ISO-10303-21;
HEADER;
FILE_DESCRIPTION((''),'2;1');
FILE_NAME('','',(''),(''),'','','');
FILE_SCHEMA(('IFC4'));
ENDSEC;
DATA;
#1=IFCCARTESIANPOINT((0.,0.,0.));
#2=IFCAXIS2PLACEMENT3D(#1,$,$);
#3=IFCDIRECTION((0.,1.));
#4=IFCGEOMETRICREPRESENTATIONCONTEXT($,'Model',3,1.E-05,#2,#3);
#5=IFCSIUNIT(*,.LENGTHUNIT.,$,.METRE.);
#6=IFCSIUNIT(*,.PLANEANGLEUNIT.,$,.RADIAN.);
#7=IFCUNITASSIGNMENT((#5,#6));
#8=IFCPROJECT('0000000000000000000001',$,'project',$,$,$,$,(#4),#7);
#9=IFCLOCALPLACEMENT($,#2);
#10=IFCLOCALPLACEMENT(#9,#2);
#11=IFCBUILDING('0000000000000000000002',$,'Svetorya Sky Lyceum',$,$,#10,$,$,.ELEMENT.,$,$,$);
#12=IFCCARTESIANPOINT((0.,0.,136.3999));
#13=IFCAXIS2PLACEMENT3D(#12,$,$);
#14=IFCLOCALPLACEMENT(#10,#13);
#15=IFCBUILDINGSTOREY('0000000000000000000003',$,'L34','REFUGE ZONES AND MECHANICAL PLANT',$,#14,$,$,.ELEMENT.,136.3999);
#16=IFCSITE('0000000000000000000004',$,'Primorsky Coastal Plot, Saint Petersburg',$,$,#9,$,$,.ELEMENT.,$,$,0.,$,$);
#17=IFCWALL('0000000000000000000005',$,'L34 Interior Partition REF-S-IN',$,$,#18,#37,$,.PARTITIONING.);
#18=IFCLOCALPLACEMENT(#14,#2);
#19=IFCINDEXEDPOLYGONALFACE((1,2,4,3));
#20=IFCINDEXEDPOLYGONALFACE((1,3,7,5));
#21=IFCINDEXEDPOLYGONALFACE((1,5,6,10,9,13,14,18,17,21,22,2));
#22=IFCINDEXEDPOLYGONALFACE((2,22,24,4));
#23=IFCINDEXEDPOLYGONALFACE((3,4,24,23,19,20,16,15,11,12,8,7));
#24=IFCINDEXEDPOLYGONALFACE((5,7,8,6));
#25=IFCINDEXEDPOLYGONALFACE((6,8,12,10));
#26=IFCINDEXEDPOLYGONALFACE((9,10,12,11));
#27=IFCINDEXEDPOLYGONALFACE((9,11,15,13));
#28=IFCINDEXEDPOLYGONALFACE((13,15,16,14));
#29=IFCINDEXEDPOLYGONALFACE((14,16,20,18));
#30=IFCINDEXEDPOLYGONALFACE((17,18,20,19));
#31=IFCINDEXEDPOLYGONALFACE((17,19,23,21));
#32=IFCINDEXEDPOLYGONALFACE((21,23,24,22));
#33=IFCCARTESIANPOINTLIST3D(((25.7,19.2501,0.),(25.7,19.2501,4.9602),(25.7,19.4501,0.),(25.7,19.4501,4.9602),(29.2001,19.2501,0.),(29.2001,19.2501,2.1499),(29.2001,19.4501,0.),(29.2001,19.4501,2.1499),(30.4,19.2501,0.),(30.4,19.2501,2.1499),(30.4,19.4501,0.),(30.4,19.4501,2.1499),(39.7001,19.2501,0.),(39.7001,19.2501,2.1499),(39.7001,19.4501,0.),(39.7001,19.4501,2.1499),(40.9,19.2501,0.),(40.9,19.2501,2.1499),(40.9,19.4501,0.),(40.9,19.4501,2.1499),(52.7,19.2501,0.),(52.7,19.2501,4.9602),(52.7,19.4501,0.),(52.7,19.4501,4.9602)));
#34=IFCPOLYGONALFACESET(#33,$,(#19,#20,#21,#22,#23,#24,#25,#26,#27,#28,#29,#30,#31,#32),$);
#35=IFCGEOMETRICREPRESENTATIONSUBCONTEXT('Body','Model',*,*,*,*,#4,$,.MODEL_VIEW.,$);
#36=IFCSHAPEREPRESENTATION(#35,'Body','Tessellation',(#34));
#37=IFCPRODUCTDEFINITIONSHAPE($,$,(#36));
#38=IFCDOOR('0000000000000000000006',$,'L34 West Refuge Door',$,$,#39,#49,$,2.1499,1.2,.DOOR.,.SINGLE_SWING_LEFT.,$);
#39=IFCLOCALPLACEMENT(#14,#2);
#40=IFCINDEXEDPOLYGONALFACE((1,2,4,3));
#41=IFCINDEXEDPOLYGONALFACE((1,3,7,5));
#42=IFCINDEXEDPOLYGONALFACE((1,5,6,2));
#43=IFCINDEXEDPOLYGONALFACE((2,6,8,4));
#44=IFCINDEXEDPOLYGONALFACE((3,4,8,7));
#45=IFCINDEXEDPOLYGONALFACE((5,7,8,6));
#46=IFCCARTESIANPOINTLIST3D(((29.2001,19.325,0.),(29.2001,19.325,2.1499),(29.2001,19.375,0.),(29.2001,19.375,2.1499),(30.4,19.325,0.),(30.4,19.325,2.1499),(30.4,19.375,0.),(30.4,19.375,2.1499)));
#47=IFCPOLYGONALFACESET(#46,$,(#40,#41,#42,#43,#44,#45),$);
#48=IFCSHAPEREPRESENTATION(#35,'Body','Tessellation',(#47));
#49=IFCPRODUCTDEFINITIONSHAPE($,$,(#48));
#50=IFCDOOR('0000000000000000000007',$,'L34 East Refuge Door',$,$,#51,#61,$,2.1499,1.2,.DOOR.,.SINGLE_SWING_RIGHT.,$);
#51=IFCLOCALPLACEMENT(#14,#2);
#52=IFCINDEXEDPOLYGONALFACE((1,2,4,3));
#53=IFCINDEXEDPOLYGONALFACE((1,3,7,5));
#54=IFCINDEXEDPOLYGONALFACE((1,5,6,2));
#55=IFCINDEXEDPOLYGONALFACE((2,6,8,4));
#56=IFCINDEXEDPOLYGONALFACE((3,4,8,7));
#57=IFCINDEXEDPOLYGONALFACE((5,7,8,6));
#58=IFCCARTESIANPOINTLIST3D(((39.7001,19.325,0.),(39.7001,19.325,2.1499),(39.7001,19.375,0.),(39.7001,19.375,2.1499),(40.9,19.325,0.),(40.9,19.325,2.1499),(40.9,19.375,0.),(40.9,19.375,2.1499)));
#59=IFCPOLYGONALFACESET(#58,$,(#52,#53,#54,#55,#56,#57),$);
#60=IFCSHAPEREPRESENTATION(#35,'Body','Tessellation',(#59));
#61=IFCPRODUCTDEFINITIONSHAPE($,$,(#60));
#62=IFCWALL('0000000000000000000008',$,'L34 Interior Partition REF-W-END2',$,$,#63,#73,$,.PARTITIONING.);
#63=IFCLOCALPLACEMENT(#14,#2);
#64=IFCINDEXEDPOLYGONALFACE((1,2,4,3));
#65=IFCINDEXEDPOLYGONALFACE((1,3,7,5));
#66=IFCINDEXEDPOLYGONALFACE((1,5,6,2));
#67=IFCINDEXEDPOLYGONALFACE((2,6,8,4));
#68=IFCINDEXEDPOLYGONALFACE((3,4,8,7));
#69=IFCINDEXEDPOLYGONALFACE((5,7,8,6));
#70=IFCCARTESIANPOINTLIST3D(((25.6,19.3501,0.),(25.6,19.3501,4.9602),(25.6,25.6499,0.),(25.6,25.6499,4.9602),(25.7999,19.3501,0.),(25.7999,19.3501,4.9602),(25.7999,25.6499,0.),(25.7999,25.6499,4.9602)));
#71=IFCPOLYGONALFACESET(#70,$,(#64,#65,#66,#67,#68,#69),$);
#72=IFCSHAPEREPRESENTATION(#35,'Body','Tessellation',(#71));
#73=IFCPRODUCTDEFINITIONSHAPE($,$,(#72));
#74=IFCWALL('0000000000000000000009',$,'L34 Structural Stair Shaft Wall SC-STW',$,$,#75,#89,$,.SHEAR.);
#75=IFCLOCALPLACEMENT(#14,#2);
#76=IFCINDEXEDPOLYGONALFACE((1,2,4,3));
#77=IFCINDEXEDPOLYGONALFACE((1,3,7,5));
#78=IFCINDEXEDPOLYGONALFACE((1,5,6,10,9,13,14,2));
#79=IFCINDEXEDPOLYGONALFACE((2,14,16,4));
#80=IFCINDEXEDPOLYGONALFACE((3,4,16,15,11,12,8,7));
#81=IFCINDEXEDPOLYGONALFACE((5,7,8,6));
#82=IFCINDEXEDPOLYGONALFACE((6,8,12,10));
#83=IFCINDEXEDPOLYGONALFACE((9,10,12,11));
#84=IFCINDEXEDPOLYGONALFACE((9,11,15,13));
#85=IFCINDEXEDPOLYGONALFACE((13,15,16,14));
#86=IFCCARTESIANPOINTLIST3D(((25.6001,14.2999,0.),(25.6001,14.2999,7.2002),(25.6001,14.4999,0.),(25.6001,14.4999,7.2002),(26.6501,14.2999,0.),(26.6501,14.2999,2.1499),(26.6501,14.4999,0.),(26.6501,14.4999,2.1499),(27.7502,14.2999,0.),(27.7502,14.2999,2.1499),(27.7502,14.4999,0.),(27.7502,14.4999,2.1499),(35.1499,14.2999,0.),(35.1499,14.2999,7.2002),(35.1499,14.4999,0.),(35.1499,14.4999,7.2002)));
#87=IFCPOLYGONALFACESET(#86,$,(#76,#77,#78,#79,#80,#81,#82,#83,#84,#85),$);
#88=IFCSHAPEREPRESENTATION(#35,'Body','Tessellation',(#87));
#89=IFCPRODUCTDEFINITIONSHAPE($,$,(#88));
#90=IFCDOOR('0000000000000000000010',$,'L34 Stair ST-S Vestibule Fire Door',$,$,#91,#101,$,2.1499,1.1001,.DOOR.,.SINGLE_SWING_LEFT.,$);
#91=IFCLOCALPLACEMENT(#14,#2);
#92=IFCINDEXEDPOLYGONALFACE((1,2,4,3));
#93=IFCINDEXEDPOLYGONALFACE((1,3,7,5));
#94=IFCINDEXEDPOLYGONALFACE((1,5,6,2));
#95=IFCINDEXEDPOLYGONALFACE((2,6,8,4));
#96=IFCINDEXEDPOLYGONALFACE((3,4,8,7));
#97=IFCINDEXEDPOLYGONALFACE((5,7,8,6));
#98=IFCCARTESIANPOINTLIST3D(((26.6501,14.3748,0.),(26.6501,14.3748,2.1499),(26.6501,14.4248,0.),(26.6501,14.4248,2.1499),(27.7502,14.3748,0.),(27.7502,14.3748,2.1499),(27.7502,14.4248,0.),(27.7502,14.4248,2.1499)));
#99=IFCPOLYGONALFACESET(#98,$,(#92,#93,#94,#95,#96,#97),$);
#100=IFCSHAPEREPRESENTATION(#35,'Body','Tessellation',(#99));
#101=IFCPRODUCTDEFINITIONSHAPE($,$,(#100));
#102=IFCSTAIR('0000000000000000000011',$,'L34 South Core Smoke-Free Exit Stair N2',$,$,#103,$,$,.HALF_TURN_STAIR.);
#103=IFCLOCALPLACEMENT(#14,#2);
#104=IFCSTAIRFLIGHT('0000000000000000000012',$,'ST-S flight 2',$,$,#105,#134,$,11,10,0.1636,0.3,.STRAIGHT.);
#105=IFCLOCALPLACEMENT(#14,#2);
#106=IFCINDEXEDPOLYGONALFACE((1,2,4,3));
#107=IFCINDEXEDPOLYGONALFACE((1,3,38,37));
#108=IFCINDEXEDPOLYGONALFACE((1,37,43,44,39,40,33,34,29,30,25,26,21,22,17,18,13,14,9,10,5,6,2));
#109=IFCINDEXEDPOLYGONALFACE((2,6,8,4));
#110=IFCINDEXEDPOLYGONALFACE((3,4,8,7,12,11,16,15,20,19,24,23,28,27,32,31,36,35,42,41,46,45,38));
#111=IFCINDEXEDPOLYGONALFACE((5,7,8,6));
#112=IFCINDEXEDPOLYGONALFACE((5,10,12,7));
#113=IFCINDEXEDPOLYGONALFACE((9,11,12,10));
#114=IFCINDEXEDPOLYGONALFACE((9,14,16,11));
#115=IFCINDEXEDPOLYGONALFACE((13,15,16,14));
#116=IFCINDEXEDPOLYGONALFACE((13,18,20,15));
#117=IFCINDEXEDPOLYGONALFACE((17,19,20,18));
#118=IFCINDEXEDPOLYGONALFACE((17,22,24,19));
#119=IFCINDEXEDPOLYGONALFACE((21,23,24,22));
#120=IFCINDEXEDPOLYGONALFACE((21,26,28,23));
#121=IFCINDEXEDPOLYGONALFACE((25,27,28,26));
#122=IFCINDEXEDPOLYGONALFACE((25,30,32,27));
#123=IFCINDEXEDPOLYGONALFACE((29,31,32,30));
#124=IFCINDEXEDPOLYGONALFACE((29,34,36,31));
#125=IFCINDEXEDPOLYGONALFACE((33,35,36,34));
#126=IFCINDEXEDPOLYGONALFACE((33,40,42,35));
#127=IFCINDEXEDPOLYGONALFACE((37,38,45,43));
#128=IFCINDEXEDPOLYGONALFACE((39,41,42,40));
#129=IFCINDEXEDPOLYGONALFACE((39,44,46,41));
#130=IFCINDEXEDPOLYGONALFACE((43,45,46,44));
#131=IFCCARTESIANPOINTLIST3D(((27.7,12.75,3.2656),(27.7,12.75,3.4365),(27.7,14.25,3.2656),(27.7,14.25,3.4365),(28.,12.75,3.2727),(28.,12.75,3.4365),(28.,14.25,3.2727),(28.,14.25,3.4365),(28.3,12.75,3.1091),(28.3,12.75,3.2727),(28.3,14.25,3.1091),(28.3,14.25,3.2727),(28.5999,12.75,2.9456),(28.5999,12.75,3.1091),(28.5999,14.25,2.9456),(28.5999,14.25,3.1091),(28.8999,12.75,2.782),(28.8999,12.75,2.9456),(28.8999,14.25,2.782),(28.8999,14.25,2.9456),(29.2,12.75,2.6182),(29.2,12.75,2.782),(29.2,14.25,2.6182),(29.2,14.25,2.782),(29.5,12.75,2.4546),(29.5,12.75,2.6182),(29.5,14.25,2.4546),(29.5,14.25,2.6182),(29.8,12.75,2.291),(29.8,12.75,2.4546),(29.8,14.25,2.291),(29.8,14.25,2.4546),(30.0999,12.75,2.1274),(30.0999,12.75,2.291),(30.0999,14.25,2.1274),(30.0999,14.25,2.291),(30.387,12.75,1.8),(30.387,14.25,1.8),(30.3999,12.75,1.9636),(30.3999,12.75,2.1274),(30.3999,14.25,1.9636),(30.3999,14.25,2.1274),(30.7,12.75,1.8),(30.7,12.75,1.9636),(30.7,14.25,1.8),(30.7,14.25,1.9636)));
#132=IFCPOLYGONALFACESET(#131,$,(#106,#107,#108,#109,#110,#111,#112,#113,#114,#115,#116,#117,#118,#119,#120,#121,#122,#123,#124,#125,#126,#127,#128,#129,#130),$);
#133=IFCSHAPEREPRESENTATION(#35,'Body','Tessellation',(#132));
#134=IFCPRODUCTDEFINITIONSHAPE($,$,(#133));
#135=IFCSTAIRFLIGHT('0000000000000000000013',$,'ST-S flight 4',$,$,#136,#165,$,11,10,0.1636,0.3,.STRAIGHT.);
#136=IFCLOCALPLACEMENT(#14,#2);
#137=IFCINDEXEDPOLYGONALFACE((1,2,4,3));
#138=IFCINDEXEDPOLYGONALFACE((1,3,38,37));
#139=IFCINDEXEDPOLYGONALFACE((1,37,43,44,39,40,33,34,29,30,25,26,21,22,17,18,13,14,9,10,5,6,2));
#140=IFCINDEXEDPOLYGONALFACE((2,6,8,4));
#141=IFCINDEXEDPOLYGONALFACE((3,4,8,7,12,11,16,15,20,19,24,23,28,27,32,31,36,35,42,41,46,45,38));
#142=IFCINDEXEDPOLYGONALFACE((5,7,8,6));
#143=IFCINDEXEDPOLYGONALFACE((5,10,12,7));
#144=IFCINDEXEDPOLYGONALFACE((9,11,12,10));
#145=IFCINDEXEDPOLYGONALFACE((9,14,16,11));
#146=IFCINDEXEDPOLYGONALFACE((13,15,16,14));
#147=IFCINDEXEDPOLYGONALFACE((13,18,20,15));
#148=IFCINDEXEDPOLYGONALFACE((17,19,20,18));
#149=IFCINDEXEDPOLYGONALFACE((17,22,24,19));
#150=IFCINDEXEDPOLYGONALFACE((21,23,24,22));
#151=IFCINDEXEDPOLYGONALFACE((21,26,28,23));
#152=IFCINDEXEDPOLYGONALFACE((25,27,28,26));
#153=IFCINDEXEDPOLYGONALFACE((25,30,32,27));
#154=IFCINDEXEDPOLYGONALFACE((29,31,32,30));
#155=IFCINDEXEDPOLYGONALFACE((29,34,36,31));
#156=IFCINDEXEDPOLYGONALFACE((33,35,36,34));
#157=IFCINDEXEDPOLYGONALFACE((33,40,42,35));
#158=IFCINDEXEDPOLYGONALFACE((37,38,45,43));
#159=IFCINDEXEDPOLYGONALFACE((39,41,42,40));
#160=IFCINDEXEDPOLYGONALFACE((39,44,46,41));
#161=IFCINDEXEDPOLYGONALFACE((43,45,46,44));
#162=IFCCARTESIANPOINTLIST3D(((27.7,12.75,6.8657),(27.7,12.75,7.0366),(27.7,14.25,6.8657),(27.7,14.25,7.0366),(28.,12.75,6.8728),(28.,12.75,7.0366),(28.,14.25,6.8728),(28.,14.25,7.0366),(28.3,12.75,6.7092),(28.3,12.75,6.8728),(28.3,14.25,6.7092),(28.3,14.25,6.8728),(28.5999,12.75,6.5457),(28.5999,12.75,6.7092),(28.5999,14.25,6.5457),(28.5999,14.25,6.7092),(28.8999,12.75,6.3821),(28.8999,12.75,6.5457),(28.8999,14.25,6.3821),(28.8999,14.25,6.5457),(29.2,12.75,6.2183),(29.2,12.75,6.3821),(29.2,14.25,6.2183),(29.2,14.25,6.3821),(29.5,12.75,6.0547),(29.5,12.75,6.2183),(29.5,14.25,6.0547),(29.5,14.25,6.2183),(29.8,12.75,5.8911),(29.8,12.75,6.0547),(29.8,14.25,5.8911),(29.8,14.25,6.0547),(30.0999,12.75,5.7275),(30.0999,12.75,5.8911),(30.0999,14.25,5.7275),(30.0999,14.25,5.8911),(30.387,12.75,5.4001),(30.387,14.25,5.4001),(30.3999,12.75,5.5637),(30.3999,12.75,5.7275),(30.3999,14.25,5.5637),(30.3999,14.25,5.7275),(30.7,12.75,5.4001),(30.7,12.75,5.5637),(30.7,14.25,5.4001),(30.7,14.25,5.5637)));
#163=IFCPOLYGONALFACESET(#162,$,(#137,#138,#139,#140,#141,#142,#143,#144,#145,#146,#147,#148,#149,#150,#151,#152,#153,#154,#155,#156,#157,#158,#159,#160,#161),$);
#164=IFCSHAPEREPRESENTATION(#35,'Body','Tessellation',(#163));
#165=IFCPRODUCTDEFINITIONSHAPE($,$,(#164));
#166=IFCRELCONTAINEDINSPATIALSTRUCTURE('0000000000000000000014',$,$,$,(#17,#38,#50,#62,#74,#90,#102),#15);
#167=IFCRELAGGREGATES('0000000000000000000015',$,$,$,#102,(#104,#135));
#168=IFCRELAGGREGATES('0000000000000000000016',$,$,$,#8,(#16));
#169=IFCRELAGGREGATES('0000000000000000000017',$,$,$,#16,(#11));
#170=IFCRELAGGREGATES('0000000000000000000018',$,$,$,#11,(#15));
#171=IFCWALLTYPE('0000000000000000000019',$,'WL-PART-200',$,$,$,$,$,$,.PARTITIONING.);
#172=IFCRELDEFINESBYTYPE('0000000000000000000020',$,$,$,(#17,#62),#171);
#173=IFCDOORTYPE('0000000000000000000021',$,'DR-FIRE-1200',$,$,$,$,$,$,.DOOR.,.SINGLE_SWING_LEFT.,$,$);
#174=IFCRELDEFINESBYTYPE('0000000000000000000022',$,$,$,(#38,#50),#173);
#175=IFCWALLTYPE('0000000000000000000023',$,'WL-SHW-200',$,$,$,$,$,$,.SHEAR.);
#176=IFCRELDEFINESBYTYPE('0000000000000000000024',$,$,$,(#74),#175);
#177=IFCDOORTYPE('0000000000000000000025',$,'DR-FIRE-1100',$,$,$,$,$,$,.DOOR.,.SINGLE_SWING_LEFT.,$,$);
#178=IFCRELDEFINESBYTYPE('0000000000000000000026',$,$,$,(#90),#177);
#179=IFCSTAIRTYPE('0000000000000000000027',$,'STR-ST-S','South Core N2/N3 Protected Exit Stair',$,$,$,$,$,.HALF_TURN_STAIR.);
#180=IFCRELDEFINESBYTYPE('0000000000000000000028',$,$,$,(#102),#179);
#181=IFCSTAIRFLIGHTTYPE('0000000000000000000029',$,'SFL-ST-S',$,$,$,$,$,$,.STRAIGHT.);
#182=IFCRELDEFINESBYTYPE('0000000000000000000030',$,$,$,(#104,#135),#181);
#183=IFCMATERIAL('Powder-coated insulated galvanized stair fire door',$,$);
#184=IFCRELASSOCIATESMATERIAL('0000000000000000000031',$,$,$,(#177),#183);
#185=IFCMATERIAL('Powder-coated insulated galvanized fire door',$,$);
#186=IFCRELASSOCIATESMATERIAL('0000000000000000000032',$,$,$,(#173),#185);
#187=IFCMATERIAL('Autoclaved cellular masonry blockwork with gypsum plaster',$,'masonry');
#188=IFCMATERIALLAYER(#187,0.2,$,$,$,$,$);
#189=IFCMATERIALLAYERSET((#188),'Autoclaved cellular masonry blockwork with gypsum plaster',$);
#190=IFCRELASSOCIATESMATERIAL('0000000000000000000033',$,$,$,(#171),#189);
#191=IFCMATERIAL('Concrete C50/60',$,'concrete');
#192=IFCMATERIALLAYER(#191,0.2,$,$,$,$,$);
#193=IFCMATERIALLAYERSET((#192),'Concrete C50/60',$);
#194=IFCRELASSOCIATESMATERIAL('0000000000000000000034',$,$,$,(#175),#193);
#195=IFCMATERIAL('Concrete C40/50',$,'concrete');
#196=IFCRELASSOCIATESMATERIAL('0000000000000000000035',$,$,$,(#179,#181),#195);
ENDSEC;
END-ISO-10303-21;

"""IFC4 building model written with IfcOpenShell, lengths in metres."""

from ifc_helpers import new_model, si_unit, direction, frame, frame_2d, origin, place, context, subcontext, project, spatial, polyline, rectangle, outline, extrude, material, layer, layer_set, type_object, element, fill, aggregate, save


model = new_model("IFC4")

# Units and contexts
model_context = context("Model", 3, precision=1e-05, world=origin(), true_north=direction((0.0, 1.0)))
body_context = subcontext(model_context, "Body", "Model", "MODEL_VIEW")
ifc_project = project(units=[si_unit("LENGTHUNIT", "METRE"), si_unit("PLANEANGLEUNIT", "RADIAN")], contexts=[model_context])

# Site, building, storey
site_placement = place(None, origin())
site = spatial("IfcSite", under=ifc_project, at=site_placement, Name="Primorsky Coastal Plot, Saint Petersburg", CompositionType="ELEMENT", RefElevation=0.0)
building_placement = place(site_placement, origin())
building = spatial("IfcBuilding", under=site, at=building_placement, Name="Svetorya Sky Lyceum", CompositionType="ELEMENT")
storey_placement = place(building_placement, frame((0.0, 0.0, 136.3999)))
storey = spatial("IfcBuildingStorey", under=building, at=storey_placement, Name="L34", Description="REFUGE ZONES AND MECHANICAL PLANT", CompositionType="ELEMENT", Elevation=136.3999)

# Shared definitions
ifc_material_1 = material(Name="Concrete C50/60", Category="concrete")

# Shared definitions
ifc_material_2 = material(Name="Powder-coated insulated galvanized stair fire door")
door_type_1 = type_object("IfcDoorType", Name="DR-FIRE-1100", OperationType="SINGLE_SWING_LEFT", PredefinedType="DOOR", material=ifc_material_2)
ifc_material_3 = material(Name="Powder-coated insulated galvanized fire door")
door_type_2 = type_object("IfcDoorType", Name="DR-FIRE-1200", OperationType="SINGLE_SWING_LEFT", PredefinedType="DOOR", material=ifc_material_3)

# Wall, openings, doors
ifc_material_4 = material(Name="Autoclaved cellular masonry blockwork with gypsum plaster", Category="masonry")
ifc_layer_1 = layer(ifc_material_4, 0.2)
ifc_layer_set_1 = layer_set([ifc_layer_1], Name="Autoclaved cellular masonry blockwork with gypsum plaster")
wall_type_1 = type_object("IfcWallType", Name="WL-PART-200", PredefinedType="PARTITIONING", material=ifc_layer_set_1)
wall_1_placement = place(storey_placement, frame((25.7, 19.3501, 0.0), z_axis=(0.0, 0.0, 1.0), x_axis=(1.0, 0.0, 0.0)))
wall_1 = element("IfcWall", 1, at=wall_1_placement, inside=storey, type_object=wall_type_1, Name="L34 Interior Partition REF-S-IN", PredefinedType="PARTITIONING", context=body_context, shape_type="SweptSolid", body=[
    extrude(rectangle(XDim=27.0, YDim=0.2, at=frame_2d((13.5, 0.0))), origin(), (0.0, 0.0, 1.0), 4.9602),
])
opening_1_placement = place(wall_1_placement, frame((3.5, 0.0, 0.0)))
opening_1 = element("IfcOpeningElement", 2, at=opening_1_placement, cuts=wall_1, PredefinedType="OPENING", context=body_context, shape_type="SweptSolid", body=[
    extrude(rectangle(XDim=1.2, YDim=2.1499, at=frame_2d((0.6001, 1.075))), frame((0.0, 0.1099, 0.0), z_axis=(0.0, -1.0, 0.0), x_axis=(1.0, 0.0, 0.0)), (0.0, 0.0, 1.0), 0.22),
])
opening_2_placement = place(wall_1_placement, frame((14.0, 0.0, 0.0)))
opening_2 = element("IfcOpeningElement", 3, at=opening_2_placement, cuts=wall_1, PredefinedType="OPENING", context=body_context, shape_type="SweptSolid", body=[
    extrude(rectangle(XDim=1.2, YDim=2.1499, at=frame_2d((0.6001, 1.075))), frame((0.0, 0.1099, 0.0), z_axis=(0.0, -1.0, 0.0), x_axis=(1.0, 0.0, 0.0)), (0.0, 0.0, 1.0), 0.22),
])
door_1_placement = place(opening_1_placement, origin())
door_1 = element("IfcDoor", 4, at=door_1_placement, inside=storey, type_object=door_type_2, Name="L34 West Refuge Door", OperationType="SINGLE_SWING_LEFT", OverallHeight=2.1499, OverallWidth=1.2, PredefinedType="DOOR", context=body_context, shape_type="SweptSolid", body=[
    extrude(rectangle(XDim=1.2, YDim=2.1499, at=frame_2d((0.6001, 1.075))), frame((0.0, 0.0249, 0.0), z_axis=(0.0, -1.0, 0.0), x_axis=(1.0, 0.0, 0.0)), (0.0, 0.0, 1.0), 0.05),
])
fill(opening_1, door_1)
door_2_placement = place(opening_2_placement, origin())
door_2 = element("IfcDoor", 5, at=door_2_placement, inside=storey, type_object=door_type_2, Name="L34 East Refuge Door", OperationType="SINGLE_SWING_RIGHT", OverallHeight=2.1499, OverallWidth=1.2, PredefinedType="DOOR", context=body_context, shape_type="SweptSolid", body=[
    extrude(rectangle(XDim=1.2, YDim=2.1499, at=frame_2d((0.6001, 1.075))), frame((0.0, 0.0249, 0.0), z_axis=(0.0, -1.0, 0.0), x_axis=(1.0, 0.0, 0.0)), (0.0, 0.0, 1.0), 0.05),
])
fill(opening_2, door_2)

# Wall
wall_2_placement = place(storey_placement, frame((25.7, 19.3501, 0.0), z_axis=(0.0, 0.0, 1.0), x_axis=(0.0, 1.0, 0.0)))
element("IfcWall", 6, at=wall_2_placement, inside=storey, type_object=wall_type_1, Name="L34 Interior Partition REF-W-END2", PredefinedType="PARTITIONING", context=body_context, shape_type="SweptSolid", body=[
    extrude(rectangle(XDim=6.2998, YDim=0.2, at=frame_2d((3.1499, 0.0))), origin(), (0.0, 0.0, 1.0), 4.9602),
])

# Wall, opening, door
ifc_layer_2 = layer(ifc_material_1, 0.2)
ifc_layer_set_2 = layer_set([ifc_layer_2], Name="Concrete C50/60")
wall_type_2 = type_object("IfcWallType", Name="WL-SHW-200", PredefinedType="SHEAR", material=ifc_layer_set_2)
wall_3_placement = place(storey_placement, frame((25.6001, 14.3999, 0.0), z_axis=(0.0, 0.0, 1.0), x_axis=(1.0, 0.0, 0.0)))
wall_3 = element("IfcWall", 7, at=wall_3_placement, inside=storey, type_object=wall_type_2, Name="L34 Structural Stair Shaft Wall SC-STW", PredefinedType="SHEAR", context=body_context, shape_type="SweptSolid", body=[
    extrude(rectangle(XDim=9.5498, YDim=0.2, at=frame_2d((4.7749, 0.0))), origin(), (0.0, 0.0, 1.0), 7.2002),
])
opening_3_placement = place(wall_3_placement, frame((1.05, 0.0, 0.0)))
opening_3 = element("IfcOpeningElement", 8, at=opening_3_placement, cuts=wall_3, PredefinedType="OPENING", context=body_context, shape_type="SweptSolid", body=[
    extrude(rectangle(XDim=1.1001, YDim=2.1499, at=frame_2d((0.55, 1.075))), frame((0.0, 0.1099, 0.0), z_axis=(0.0, -1.0, 0.0), x_axis=(1.0, 0.0, 0.0)), (0.0, 0.0, 1.0), 0.22),
])
door_3_placement = place(opening_3_placement, origin())
door_3 = element("IfcDoor", 9, at=door_3_placement, inside=storey, type_object=door_type_1, Name="L34 Stair ST-S Vestibule Fire Door", OperationType="SINGLE_SWING_LEFT", OverallHeight=2.1499, OverallWidth=1.1001, PredefinedType="DOOR", context=body_context, shape_type="SweptSolid", body=[
    extrude(rectangle(XDim=1.1001, YDim=2.1499, at=frame_2d((0.55, 1.075))), frame((0.0, 0.0249, 0.0), z_axis=(0.0, -1.0, 0.0), x_axis=(1.0, 0.0, 0.0)), (0.0, 0.0, 1.0), 0.05),
])
fill(opening_3, door_3)

# Stair, stair flights
ifc_material_5 = material(Name="Concrete C40/50", Category="concrete")
stair_type = type_object("IfcStairType", Name="STR-ST-S", Description="South Core N2/N3 Protected Exit Stair", PredefinedType="HALF_TURN_STAIR", material=ifc_material_5)
stair_placement = place(storey_placement, origin())
stair = element("IfcStair", 10, at=stair_placement, inside=storey, type_object=stair_type, Name="L34 South Core Smoke-Free Exit Stair N2", PredefinedType="HALF_TURN_STAIR")
stair_flight_type = type_object("IfcStairFlightType", Name="SFL-ST-S", PredefinedType="STRAIGHT", material=ifc_material_5)
stair_flight_1_placement = place(storey_placement, frame((30.7, 13.5, 1.8), z_axis=(0.0, 0.0, 1.0), x_axis=(-1.0, 0.0, 0.0)))
stair_flight_1 = element("IfcStairFlight", 11, at=stair_flight_1_placement, type_object=stair_flight_type, Name="ST-S flight 2", NumberOfRisers=11, NumberOfTreads=10, PredefinedType="STRAIGHT", RiserHeight=0.1636, TreadLength=0.3, context=body_context, shape_type="SweptSolid", body=[
    extrude(outline(polyline([(0.0, 0.0), (0.0, 0.1636), (0.3, 0.1636), (0.3, 0.3274), (0.6001, 0.3274), (0.6001, 0.491), (0.8999, 0.491), (0.8999, 0.6545), (1.2, 0.6545), (1.2, 0.8181), (1.5, 0.8181), (1.5, 0.9819), (1.8, 0.9819), (1.8, 1.1455), (2.1001, 1.1455), (2.1001, 1.3091), (2.3999, 1.3091), (2.3999, 1.4727), (2.7, 1.4727), (2.7, 1.6365), (3.0, 1.6365), (3.0, 1.8), (3.0, 1.4656), (0.313, 0.0), (0.0, 0.0)])), frame((0.0, 0.75, 0.0), z_axis=(0.0, -1.0, 0.0), x_axis=(1.0, 0.0, 0.0)), (0.0, 0.0, 1.0), 1.5),
])
stair_flight_2_placement = place(storey_placement, frame((30.7, 13.5, 5.4001), z_axis=(0.0, 0.0, 1.0), x_axis=(-1.0, 0.0, 0.0)))
stair_flight_2 = element("IfcStairFlight", 12, at=stair_flight_2_placement, type_object=stair_flight_type, Name="ST-S flight 4", NumberOfRisers=11, NumberOfTreads=10, PredefinedType="STRAIGHT", RiserHeight=0.1636, TreadLength=0.3, context=body_context, shape_type="SweptSolid", body=[
    extrude(outline(polyline([(0.0, 0.0), (0.0, 0.1636), (0.3, 0.1636), (0.3, 0.3274), (0.6001, 0.3274), (0.6001, 0.491), (0.8999, 0.491), (0.8999, 0.6545), (1.2, 0.6545), (1.2, 0.8181), (1.5, 0.8181), (1.5, 0.9819), (1.8, 0.9819), (1.8, 1.1455), (2.1001, 1.1455), (2.1001, 1.3091), (2.3999, 1.3091), (2.3999, 1.4727), (2.7, 1.4727), (2.7, 1.6365), (3.0, 1.6365), (3.0, 1.8), (3.0, 1.4656), (0.313, 0.0), (0.0, 0.0)])), frame((0.0, 0.75, 0.0), z_axis=(0.0, -1.0, 0.0), x_axis=(1.0, 0.0, 0.0)), (0.0, 0.0, 1.0), 1.5),
])
aggregate(stair, [stair_flight_1, stair_flight_2])

save(model, "model.ifc")
